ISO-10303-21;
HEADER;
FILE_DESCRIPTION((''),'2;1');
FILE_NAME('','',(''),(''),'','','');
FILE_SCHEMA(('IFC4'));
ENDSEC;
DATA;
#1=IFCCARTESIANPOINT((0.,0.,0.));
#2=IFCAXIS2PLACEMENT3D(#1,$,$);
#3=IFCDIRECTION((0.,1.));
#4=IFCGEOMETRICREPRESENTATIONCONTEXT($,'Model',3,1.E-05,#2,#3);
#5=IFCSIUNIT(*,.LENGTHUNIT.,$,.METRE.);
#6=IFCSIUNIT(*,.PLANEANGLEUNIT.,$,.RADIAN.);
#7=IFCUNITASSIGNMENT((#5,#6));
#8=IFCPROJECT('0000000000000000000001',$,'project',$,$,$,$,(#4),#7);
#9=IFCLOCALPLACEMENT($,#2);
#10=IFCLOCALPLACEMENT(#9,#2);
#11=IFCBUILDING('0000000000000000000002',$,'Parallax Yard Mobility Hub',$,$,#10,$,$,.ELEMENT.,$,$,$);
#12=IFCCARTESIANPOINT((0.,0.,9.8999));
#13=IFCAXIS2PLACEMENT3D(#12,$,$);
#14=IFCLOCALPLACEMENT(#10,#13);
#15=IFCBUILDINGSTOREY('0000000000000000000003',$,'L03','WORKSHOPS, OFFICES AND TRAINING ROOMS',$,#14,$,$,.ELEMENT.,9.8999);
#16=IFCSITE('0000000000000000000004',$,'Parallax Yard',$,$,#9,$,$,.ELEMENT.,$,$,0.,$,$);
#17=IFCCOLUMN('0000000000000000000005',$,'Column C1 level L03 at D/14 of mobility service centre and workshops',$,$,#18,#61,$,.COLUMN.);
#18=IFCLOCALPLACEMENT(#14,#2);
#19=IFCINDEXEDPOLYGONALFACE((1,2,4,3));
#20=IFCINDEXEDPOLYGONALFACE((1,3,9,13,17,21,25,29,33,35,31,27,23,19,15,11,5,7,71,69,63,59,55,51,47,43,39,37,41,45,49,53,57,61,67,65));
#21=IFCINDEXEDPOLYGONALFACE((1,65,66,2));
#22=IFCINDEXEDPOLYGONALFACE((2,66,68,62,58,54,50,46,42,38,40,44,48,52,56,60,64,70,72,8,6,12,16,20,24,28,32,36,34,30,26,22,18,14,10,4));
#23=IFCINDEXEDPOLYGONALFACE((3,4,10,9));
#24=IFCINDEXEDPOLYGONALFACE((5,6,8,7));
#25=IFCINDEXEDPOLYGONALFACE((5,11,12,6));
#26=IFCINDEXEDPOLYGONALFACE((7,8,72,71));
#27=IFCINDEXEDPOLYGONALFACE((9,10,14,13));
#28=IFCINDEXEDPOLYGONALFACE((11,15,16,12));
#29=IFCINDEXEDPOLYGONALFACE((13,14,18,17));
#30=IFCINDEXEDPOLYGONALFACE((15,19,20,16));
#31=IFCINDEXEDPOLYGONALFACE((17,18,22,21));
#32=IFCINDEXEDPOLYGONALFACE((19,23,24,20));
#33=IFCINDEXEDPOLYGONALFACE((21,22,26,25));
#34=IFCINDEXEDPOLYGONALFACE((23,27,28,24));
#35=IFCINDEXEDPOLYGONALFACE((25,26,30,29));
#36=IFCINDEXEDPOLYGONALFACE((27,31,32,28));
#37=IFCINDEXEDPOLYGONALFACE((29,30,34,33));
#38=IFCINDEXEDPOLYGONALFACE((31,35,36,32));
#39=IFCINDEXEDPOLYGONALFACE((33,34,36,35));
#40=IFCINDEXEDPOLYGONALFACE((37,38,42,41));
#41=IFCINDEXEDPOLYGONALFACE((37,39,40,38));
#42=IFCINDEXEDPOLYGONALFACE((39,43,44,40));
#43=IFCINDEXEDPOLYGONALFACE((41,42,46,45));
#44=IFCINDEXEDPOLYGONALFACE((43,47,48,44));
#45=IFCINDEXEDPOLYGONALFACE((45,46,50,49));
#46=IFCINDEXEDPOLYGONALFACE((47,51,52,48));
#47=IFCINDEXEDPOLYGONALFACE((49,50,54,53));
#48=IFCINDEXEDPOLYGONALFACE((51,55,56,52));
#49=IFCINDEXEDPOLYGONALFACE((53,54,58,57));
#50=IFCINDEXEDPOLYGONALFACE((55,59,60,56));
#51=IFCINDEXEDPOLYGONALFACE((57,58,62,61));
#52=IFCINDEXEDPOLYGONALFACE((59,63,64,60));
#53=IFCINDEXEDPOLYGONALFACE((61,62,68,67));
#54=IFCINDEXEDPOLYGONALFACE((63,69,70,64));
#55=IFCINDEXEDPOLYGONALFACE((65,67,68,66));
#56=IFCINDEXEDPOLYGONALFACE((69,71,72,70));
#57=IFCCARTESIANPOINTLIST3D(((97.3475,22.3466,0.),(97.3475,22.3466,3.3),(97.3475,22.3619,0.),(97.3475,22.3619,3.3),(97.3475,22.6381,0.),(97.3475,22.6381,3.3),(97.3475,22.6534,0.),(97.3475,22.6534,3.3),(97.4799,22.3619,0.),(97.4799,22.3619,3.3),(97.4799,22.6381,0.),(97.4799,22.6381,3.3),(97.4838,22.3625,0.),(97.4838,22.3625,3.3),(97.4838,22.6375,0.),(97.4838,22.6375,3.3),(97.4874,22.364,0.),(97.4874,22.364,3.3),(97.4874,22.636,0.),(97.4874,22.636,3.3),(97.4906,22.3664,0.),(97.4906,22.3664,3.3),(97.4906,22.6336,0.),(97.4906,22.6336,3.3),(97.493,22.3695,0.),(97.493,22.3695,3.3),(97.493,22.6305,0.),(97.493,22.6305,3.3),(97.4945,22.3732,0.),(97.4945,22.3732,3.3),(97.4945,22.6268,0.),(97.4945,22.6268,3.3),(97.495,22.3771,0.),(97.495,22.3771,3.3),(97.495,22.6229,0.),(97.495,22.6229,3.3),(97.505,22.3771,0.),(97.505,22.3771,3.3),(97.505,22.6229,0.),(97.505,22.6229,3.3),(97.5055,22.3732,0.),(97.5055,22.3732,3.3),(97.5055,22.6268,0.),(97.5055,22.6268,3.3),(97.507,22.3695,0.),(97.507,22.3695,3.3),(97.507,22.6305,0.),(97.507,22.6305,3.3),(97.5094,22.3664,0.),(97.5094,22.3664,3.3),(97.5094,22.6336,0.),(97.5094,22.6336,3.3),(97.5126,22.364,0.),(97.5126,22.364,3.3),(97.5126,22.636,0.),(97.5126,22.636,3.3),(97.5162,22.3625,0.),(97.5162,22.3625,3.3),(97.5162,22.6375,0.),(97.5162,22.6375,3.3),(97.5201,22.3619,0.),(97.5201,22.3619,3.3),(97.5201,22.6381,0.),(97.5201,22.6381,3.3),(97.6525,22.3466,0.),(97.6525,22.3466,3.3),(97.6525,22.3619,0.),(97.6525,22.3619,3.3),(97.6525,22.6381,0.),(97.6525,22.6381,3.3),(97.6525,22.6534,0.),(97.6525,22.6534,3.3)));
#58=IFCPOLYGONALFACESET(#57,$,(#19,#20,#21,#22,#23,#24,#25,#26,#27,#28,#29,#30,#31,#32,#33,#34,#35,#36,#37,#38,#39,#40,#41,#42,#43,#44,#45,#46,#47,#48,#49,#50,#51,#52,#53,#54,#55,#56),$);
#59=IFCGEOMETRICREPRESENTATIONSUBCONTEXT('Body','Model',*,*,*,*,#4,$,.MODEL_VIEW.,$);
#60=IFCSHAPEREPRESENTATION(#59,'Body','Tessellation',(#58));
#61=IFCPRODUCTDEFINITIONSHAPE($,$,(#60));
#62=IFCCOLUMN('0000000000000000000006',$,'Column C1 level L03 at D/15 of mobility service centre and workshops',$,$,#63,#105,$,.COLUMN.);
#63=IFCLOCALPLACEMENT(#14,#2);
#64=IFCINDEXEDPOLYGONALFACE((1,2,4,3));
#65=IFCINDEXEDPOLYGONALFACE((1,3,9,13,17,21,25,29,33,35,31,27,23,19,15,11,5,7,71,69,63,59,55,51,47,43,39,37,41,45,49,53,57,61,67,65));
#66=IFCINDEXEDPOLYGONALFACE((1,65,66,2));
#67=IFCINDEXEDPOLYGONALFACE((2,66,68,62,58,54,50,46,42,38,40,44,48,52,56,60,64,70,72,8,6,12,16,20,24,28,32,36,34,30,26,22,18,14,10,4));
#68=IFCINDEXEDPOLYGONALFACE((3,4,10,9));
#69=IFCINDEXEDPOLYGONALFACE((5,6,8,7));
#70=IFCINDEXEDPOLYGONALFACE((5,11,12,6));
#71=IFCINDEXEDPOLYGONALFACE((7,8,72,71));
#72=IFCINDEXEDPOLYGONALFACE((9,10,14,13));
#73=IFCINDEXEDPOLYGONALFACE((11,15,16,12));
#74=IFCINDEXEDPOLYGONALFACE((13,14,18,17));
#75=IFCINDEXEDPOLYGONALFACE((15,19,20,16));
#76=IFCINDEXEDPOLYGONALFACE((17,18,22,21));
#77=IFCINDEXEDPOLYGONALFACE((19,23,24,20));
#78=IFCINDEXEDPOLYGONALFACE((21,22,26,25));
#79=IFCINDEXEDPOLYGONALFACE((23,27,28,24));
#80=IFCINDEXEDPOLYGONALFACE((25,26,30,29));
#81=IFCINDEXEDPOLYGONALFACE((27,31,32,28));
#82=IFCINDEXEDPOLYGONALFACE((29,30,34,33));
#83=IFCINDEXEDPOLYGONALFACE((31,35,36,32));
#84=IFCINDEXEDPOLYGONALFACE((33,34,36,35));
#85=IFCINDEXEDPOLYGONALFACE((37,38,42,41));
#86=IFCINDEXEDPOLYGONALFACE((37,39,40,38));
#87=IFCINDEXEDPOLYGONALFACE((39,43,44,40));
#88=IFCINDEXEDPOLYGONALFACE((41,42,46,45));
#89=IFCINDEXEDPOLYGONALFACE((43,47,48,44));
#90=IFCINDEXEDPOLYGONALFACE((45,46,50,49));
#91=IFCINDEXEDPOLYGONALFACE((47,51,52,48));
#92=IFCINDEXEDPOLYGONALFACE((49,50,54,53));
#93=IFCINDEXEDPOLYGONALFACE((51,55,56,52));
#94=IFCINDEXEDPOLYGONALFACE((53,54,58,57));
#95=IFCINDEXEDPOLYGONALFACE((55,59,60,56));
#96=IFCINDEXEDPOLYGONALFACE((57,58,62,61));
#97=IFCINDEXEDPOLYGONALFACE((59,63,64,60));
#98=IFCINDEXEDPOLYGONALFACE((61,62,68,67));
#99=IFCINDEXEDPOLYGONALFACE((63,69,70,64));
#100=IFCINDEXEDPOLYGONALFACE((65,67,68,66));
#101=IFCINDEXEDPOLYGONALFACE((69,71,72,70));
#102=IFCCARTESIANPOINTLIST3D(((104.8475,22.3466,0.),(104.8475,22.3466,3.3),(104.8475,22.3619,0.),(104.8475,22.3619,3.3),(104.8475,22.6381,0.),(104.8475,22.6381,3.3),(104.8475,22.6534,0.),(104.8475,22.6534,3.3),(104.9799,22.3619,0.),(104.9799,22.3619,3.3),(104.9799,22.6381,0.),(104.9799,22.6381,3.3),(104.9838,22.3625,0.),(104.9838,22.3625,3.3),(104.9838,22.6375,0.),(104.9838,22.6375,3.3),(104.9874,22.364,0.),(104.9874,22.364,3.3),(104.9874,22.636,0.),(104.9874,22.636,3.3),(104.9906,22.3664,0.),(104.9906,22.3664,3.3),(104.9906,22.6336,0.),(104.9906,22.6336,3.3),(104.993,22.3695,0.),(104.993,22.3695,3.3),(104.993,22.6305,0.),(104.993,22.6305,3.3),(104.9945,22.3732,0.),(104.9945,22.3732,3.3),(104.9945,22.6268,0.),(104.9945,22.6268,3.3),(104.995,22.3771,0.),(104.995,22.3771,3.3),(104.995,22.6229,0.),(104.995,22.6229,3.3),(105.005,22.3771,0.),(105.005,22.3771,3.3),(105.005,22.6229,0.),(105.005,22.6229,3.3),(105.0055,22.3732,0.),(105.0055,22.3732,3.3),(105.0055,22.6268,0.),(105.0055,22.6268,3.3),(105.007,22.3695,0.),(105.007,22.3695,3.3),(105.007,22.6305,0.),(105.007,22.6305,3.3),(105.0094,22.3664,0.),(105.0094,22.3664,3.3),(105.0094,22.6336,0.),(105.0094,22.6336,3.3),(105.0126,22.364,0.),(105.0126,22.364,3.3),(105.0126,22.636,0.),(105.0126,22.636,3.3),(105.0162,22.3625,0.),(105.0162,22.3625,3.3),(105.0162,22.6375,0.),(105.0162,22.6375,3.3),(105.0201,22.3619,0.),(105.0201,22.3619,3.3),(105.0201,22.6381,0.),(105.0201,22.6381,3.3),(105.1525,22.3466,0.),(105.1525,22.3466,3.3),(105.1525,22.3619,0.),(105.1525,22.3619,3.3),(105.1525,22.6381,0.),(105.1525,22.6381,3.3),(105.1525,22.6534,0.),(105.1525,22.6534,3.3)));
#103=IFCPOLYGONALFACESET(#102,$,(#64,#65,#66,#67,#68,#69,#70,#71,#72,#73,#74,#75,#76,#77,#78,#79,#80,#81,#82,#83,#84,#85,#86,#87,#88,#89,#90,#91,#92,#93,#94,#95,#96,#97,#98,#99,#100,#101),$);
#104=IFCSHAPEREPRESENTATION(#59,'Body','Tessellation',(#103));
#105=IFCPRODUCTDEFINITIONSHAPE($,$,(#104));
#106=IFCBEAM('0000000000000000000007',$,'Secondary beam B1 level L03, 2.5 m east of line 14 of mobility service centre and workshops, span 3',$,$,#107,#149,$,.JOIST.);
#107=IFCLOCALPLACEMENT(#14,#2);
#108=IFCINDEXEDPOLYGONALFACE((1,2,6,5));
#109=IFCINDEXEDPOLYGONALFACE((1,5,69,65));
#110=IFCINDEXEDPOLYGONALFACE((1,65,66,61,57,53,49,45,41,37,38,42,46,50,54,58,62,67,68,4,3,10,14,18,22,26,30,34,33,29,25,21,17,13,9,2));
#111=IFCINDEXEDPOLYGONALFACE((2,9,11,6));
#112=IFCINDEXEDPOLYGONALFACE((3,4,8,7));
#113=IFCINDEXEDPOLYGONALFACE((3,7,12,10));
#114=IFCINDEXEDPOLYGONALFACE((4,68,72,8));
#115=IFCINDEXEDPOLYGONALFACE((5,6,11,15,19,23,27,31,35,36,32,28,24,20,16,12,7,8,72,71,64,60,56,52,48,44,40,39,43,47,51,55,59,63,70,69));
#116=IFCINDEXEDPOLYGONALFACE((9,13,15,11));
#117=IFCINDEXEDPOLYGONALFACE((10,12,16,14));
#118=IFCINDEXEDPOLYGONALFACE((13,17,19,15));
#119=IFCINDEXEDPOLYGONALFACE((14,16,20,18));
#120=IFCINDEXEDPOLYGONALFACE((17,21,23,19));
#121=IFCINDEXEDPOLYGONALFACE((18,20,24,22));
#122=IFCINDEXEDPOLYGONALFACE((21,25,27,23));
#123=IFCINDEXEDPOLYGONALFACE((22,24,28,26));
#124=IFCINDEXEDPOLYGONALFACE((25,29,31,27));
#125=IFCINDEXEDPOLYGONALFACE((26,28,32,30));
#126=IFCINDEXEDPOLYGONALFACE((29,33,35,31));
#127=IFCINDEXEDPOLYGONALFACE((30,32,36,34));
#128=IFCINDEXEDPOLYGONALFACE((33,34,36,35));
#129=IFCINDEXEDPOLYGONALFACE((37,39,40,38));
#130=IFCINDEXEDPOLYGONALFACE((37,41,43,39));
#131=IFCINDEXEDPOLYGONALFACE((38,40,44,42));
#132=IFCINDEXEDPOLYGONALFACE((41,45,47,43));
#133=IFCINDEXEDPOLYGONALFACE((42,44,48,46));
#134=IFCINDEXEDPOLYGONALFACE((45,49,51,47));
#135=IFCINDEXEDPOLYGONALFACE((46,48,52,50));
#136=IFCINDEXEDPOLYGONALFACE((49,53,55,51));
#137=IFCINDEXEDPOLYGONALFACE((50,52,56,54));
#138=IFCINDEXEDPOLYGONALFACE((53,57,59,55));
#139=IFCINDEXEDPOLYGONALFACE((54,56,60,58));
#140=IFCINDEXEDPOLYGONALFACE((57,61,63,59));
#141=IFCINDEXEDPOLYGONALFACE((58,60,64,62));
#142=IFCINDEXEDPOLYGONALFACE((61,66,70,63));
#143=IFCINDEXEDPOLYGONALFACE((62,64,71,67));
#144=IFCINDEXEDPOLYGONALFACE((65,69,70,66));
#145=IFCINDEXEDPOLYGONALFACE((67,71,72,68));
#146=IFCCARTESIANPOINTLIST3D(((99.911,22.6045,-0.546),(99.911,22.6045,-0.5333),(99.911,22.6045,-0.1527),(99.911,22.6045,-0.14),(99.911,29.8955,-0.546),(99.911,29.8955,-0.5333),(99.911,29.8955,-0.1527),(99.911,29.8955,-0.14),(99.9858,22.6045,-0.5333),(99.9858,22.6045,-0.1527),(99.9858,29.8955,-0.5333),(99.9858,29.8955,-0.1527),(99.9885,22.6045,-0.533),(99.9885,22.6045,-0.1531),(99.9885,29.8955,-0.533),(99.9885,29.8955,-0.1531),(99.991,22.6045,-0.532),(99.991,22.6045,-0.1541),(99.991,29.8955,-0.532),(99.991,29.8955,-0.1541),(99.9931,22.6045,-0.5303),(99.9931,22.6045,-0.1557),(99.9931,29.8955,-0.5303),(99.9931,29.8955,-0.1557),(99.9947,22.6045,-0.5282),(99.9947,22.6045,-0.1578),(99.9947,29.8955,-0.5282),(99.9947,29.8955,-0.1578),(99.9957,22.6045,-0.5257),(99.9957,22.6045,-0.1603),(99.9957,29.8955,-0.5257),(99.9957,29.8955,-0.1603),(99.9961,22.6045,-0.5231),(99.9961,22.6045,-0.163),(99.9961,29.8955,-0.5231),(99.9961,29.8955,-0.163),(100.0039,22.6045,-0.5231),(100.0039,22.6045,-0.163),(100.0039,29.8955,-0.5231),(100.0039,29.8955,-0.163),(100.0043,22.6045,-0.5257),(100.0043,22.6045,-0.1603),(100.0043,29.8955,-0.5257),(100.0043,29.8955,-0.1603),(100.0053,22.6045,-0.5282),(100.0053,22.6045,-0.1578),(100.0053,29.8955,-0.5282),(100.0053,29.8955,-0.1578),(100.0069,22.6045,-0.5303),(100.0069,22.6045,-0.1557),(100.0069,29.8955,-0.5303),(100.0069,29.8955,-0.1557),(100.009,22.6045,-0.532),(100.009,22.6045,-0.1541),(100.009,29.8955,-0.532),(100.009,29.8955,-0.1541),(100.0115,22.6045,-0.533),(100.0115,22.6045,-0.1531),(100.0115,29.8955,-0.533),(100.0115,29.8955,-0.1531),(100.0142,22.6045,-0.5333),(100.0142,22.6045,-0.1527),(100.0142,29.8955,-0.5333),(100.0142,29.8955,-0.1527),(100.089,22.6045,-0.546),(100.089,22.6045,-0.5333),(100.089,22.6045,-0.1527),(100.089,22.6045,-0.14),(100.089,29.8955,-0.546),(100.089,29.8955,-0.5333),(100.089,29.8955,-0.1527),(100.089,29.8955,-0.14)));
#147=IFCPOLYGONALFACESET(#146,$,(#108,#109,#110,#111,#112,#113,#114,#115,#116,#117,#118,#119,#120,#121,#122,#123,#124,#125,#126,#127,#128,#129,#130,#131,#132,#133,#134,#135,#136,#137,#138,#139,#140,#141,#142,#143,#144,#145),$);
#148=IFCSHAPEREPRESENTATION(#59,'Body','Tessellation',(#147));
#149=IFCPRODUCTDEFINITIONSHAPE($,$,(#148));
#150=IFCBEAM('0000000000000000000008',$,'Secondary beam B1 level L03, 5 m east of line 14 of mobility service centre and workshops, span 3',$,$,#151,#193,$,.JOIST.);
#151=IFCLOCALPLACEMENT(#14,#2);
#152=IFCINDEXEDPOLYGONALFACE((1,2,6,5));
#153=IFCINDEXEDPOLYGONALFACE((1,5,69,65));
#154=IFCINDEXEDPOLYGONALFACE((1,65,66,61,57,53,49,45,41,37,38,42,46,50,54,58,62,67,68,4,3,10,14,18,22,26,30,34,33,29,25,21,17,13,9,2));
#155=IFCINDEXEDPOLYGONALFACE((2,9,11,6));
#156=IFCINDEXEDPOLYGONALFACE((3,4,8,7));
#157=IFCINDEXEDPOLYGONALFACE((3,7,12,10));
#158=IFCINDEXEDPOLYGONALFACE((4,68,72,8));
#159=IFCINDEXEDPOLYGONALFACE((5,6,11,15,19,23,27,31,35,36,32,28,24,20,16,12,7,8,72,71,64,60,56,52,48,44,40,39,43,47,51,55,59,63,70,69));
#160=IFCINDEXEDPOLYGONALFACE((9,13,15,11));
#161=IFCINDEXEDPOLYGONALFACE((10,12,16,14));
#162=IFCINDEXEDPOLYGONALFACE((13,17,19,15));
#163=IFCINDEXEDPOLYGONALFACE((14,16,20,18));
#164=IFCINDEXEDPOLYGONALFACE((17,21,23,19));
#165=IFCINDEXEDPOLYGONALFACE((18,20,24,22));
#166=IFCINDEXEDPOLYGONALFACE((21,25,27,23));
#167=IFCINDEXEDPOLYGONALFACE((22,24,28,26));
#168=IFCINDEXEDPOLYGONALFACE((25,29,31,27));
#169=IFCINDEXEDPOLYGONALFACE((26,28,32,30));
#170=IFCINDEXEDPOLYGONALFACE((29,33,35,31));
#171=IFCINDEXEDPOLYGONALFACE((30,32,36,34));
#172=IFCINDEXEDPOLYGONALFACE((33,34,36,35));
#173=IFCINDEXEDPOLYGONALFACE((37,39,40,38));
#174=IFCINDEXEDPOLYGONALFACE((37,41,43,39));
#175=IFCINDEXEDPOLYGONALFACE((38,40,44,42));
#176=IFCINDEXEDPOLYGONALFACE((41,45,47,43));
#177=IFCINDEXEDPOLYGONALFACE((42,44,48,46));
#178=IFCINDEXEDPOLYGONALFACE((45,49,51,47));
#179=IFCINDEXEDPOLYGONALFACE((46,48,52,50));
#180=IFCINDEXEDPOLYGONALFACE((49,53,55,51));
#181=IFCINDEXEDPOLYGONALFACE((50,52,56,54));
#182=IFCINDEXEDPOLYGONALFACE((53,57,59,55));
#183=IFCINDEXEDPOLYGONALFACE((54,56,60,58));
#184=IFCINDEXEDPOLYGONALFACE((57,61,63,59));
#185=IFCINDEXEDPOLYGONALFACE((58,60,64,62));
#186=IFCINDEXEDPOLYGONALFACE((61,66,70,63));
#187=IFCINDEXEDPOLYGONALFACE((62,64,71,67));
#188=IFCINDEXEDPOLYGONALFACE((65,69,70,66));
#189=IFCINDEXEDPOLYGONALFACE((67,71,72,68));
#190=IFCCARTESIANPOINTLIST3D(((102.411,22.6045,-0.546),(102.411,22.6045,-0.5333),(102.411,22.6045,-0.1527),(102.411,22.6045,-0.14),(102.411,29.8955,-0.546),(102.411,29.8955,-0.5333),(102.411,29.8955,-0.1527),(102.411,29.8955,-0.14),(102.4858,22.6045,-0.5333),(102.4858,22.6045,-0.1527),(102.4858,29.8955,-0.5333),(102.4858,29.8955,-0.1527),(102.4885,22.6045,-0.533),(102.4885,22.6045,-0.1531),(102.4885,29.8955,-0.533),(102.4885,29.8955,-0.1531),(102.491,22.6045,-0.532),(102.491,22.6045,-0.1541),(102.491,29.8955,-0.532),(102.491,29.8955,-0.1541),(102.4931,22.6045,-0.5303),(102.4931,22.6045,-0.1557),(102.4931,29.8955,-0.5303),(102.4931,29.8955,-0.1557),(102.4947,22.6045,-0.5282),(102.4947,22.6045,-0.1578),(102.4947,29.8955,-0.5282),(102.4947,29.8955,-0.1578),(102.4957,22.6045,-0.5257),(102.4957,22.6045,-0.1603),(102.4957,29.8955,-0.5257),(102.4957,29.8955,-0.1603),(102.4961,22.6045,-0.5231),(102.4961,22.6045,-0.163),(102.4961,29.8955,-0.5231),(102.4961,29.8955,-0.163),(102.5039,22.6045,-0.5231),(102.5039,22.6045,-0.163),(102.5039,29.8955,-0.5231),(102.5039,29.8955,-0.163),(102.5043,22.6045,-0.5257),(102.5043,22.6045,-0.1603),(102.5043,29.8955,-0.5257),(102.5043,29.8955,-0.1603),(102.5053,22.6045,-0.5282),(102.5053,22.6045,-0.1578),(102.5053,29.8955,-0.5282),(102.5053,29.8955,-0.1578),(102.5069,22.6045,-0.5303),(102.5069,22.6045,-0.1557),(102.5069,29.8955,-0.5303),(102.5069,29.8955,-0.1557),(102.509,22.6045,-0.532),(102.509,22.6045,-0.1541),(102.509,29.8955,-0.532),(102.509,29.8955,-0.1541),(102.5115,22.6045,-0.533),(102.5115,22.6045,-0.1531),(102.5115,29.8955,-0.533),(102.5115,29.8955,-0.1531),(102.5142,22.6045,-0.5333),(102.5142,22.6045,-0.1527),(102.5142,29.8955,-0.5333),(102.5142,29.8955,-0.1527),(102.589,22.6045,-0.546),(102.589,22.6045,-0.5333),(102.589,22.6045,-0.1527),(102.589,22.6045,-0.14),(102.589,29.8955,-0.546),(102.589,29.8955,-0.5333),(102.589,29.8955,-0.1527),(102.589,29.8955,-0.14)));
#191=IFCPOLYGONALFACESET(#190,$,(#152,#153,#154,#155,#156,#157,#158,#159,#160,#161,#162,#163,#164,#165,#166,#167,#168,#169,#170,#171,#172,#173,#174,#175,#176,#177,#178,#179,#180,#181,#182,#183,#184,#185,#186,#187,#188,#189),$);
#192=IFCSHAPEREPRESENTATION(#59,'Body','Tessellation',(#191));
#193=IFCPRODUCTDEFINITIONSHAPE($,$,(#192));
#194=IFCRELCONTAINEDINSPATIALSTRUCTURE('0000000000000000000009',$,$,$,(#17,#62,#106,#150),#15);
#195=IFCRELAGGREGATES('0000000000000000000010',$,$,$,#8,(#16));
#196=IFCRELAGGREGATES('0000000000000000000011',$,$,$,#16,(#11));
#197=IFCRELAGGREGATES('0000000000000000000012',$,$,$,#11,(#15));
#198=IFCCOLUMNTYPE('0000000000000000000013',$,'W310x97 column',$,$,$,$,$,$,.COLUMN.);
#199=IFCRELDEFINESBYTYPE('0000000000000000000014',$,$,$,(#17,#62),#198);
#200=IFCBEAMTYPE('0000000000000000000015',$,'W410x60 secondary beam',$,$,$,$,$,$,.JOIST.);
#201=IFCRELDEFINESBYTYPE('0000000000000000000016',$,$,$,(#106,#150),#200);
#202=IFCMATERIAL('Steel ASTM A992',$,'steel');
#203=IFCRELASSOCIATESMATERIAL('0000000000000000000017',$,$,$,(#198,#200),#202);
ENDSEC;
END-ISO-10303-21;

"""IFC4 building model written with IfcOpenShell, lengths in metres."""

from ifc_helpers import new_model, si_unit, direction, frame, origin, origin_2d, place, context, subcontext, project, spatial, i_section, extrude, material, material_profile, profile_set, type_object, element, save


model = new_model("IFC4")

# Units and contexts
model_context = context("Model", 3, precision=1e-05, world=origin(), true_north=direction((0.0, 1.0)))
body_context = subcontext(model_context, "Body", "Model", "MODEL_VIEW")
ifc_project = project(units=[si_unit("LENGTHUNIT", "METRE"), si_unit("PLANEANGLEUNIT", "RADIAN")], contexts=[model_context])

# Site, building, storey
site_placement = place(None, origin())
site = spatial("IfcSite", under=ifc_project, at=site_placement, Name="Parallax Yard", CompositionType="ELEMENT", RefElevation=0.0)
building_placement = place(site_placement, origin())
building = spatial("IfcBuilding", under=site, at=building_placement, Name="Parallax Yard Mobility Hub", CompositionType="ELEMENT")
storey_placement = place(building_placement, frame((0.0, 0.0, 9.8999)))
storey = spatial("IfcBuildingStorey", under=building, at=storey_placement, Name="L03", Description="WORKSHOPS, OFFICES AND TRAINING ROOMS", CompositionType="ELEMENT", Elevation=9.8999)

# Columns
ifc_material_1 = material(Name="Steel ASTM A992", Category="steel")
ifc_material_profile_1 = material_profile(ifc_material_1, i_section(OverallWidth=0.3049, OverallDepth=0.3069, WebThickness=0.01, FlangeThickness=0.0154, FilletRadius=0.0151, at=origin_2d()), Name="W310x97")
ifc_profile_set_1 = profile_set([ifc_material_profile_1], Name="Steel ASTM A992")
column_type = type_object("IfcColumnType", Name="W310x97 column", PredefinedType="COLUMN", material=ifc_profile_set_1)
for number, where, z_axis, x_axis, name in (
    (1, (97.5, 22.5, 0.0), (0.0, 0.0, 1.0), (1.0, 0.0, 0.0), "Column C1 level L03 at D/14 of mobility service centre and workshops"),
    (2, (105.0, 22.5, 0.0), (0.0, 0.0, 1.0), (1.0, 0.0, 0.0), "Column C1 level L03 at D/15 of mobility service centre and workshops"),
):
    element("IfcColumn", number, at=place(storey_placement, frame(where, z_axis=z_axis, x_axis=x_axis)), inside=storey, type_object=column_type, Name=name, PredefinedType="COLUMN", context=body_context, shape_type="SweptSolid", body=[
        extrude(i_section(OverallWidth=0.3049, OverallDepth=0.3069, WebThickness=0.01, FlangeThickness=0.0154, FilletRadius=0.0151, at=origin_2d()), origin(), (0.0, 0.0, 1.0), 3.3),
    ])

# Beams
ifc_material_profile_2 = material_profile(ifc_material_1, i_section(OverallWidth=0.178, OverallDepth=0.406, WebThickness=0.0078, FlangeThickness=0.0127, FilletRadius=0.0103, at=origin_2d()), Name="W410x60")
ifc_profile_set_2 = profile_set([ifc_material_profile_2], Name="Steel ASTM A992")
beam_type_1 = type_object("IfcBeamType", Name="W410x60 secondary beam", PredefinedType="JOIST", material=ifc_profile_set_2)
for number, where, z_axis, x_axis, name in (
    (3, (100.0, 22.6045, -0.343), (0.0, 1.0, 0.0), (-1.0, 0.0, 0.0), "Secondary beam B1 level L03, 2.5 m east of line 14 of mobility service centre and workshops, span 3"),
    (4, (102.5, 22.6045, -0.343), (0.0, 1.0, 0.0), (-1.0, 0.0, 0.0), "Secondary beam B1 level L03, 5 m east of line 14 of mobility service centre and workshops, span 3"),
):
    element("IfcBeam", number, at=place(storey_placement, frame(where, z_axis=z_axis, x_axis=x_axis)), inside=storey, type_object=beam_type_1, Name=name, PredefinedType="JOIST", context=body_context, shape_type="SweptSolid", body=[
        extrude(i_section(OverallWidth=0.178, OverallDepth=0.406, WebThickness=0.0078, FlangeThickness=0.0127, FilletRadius=0.0103, at=origin_2d()), origin(), (0.0, 0.0, 1.0), 7.291),
    ])

save(model, "model.ifc")
